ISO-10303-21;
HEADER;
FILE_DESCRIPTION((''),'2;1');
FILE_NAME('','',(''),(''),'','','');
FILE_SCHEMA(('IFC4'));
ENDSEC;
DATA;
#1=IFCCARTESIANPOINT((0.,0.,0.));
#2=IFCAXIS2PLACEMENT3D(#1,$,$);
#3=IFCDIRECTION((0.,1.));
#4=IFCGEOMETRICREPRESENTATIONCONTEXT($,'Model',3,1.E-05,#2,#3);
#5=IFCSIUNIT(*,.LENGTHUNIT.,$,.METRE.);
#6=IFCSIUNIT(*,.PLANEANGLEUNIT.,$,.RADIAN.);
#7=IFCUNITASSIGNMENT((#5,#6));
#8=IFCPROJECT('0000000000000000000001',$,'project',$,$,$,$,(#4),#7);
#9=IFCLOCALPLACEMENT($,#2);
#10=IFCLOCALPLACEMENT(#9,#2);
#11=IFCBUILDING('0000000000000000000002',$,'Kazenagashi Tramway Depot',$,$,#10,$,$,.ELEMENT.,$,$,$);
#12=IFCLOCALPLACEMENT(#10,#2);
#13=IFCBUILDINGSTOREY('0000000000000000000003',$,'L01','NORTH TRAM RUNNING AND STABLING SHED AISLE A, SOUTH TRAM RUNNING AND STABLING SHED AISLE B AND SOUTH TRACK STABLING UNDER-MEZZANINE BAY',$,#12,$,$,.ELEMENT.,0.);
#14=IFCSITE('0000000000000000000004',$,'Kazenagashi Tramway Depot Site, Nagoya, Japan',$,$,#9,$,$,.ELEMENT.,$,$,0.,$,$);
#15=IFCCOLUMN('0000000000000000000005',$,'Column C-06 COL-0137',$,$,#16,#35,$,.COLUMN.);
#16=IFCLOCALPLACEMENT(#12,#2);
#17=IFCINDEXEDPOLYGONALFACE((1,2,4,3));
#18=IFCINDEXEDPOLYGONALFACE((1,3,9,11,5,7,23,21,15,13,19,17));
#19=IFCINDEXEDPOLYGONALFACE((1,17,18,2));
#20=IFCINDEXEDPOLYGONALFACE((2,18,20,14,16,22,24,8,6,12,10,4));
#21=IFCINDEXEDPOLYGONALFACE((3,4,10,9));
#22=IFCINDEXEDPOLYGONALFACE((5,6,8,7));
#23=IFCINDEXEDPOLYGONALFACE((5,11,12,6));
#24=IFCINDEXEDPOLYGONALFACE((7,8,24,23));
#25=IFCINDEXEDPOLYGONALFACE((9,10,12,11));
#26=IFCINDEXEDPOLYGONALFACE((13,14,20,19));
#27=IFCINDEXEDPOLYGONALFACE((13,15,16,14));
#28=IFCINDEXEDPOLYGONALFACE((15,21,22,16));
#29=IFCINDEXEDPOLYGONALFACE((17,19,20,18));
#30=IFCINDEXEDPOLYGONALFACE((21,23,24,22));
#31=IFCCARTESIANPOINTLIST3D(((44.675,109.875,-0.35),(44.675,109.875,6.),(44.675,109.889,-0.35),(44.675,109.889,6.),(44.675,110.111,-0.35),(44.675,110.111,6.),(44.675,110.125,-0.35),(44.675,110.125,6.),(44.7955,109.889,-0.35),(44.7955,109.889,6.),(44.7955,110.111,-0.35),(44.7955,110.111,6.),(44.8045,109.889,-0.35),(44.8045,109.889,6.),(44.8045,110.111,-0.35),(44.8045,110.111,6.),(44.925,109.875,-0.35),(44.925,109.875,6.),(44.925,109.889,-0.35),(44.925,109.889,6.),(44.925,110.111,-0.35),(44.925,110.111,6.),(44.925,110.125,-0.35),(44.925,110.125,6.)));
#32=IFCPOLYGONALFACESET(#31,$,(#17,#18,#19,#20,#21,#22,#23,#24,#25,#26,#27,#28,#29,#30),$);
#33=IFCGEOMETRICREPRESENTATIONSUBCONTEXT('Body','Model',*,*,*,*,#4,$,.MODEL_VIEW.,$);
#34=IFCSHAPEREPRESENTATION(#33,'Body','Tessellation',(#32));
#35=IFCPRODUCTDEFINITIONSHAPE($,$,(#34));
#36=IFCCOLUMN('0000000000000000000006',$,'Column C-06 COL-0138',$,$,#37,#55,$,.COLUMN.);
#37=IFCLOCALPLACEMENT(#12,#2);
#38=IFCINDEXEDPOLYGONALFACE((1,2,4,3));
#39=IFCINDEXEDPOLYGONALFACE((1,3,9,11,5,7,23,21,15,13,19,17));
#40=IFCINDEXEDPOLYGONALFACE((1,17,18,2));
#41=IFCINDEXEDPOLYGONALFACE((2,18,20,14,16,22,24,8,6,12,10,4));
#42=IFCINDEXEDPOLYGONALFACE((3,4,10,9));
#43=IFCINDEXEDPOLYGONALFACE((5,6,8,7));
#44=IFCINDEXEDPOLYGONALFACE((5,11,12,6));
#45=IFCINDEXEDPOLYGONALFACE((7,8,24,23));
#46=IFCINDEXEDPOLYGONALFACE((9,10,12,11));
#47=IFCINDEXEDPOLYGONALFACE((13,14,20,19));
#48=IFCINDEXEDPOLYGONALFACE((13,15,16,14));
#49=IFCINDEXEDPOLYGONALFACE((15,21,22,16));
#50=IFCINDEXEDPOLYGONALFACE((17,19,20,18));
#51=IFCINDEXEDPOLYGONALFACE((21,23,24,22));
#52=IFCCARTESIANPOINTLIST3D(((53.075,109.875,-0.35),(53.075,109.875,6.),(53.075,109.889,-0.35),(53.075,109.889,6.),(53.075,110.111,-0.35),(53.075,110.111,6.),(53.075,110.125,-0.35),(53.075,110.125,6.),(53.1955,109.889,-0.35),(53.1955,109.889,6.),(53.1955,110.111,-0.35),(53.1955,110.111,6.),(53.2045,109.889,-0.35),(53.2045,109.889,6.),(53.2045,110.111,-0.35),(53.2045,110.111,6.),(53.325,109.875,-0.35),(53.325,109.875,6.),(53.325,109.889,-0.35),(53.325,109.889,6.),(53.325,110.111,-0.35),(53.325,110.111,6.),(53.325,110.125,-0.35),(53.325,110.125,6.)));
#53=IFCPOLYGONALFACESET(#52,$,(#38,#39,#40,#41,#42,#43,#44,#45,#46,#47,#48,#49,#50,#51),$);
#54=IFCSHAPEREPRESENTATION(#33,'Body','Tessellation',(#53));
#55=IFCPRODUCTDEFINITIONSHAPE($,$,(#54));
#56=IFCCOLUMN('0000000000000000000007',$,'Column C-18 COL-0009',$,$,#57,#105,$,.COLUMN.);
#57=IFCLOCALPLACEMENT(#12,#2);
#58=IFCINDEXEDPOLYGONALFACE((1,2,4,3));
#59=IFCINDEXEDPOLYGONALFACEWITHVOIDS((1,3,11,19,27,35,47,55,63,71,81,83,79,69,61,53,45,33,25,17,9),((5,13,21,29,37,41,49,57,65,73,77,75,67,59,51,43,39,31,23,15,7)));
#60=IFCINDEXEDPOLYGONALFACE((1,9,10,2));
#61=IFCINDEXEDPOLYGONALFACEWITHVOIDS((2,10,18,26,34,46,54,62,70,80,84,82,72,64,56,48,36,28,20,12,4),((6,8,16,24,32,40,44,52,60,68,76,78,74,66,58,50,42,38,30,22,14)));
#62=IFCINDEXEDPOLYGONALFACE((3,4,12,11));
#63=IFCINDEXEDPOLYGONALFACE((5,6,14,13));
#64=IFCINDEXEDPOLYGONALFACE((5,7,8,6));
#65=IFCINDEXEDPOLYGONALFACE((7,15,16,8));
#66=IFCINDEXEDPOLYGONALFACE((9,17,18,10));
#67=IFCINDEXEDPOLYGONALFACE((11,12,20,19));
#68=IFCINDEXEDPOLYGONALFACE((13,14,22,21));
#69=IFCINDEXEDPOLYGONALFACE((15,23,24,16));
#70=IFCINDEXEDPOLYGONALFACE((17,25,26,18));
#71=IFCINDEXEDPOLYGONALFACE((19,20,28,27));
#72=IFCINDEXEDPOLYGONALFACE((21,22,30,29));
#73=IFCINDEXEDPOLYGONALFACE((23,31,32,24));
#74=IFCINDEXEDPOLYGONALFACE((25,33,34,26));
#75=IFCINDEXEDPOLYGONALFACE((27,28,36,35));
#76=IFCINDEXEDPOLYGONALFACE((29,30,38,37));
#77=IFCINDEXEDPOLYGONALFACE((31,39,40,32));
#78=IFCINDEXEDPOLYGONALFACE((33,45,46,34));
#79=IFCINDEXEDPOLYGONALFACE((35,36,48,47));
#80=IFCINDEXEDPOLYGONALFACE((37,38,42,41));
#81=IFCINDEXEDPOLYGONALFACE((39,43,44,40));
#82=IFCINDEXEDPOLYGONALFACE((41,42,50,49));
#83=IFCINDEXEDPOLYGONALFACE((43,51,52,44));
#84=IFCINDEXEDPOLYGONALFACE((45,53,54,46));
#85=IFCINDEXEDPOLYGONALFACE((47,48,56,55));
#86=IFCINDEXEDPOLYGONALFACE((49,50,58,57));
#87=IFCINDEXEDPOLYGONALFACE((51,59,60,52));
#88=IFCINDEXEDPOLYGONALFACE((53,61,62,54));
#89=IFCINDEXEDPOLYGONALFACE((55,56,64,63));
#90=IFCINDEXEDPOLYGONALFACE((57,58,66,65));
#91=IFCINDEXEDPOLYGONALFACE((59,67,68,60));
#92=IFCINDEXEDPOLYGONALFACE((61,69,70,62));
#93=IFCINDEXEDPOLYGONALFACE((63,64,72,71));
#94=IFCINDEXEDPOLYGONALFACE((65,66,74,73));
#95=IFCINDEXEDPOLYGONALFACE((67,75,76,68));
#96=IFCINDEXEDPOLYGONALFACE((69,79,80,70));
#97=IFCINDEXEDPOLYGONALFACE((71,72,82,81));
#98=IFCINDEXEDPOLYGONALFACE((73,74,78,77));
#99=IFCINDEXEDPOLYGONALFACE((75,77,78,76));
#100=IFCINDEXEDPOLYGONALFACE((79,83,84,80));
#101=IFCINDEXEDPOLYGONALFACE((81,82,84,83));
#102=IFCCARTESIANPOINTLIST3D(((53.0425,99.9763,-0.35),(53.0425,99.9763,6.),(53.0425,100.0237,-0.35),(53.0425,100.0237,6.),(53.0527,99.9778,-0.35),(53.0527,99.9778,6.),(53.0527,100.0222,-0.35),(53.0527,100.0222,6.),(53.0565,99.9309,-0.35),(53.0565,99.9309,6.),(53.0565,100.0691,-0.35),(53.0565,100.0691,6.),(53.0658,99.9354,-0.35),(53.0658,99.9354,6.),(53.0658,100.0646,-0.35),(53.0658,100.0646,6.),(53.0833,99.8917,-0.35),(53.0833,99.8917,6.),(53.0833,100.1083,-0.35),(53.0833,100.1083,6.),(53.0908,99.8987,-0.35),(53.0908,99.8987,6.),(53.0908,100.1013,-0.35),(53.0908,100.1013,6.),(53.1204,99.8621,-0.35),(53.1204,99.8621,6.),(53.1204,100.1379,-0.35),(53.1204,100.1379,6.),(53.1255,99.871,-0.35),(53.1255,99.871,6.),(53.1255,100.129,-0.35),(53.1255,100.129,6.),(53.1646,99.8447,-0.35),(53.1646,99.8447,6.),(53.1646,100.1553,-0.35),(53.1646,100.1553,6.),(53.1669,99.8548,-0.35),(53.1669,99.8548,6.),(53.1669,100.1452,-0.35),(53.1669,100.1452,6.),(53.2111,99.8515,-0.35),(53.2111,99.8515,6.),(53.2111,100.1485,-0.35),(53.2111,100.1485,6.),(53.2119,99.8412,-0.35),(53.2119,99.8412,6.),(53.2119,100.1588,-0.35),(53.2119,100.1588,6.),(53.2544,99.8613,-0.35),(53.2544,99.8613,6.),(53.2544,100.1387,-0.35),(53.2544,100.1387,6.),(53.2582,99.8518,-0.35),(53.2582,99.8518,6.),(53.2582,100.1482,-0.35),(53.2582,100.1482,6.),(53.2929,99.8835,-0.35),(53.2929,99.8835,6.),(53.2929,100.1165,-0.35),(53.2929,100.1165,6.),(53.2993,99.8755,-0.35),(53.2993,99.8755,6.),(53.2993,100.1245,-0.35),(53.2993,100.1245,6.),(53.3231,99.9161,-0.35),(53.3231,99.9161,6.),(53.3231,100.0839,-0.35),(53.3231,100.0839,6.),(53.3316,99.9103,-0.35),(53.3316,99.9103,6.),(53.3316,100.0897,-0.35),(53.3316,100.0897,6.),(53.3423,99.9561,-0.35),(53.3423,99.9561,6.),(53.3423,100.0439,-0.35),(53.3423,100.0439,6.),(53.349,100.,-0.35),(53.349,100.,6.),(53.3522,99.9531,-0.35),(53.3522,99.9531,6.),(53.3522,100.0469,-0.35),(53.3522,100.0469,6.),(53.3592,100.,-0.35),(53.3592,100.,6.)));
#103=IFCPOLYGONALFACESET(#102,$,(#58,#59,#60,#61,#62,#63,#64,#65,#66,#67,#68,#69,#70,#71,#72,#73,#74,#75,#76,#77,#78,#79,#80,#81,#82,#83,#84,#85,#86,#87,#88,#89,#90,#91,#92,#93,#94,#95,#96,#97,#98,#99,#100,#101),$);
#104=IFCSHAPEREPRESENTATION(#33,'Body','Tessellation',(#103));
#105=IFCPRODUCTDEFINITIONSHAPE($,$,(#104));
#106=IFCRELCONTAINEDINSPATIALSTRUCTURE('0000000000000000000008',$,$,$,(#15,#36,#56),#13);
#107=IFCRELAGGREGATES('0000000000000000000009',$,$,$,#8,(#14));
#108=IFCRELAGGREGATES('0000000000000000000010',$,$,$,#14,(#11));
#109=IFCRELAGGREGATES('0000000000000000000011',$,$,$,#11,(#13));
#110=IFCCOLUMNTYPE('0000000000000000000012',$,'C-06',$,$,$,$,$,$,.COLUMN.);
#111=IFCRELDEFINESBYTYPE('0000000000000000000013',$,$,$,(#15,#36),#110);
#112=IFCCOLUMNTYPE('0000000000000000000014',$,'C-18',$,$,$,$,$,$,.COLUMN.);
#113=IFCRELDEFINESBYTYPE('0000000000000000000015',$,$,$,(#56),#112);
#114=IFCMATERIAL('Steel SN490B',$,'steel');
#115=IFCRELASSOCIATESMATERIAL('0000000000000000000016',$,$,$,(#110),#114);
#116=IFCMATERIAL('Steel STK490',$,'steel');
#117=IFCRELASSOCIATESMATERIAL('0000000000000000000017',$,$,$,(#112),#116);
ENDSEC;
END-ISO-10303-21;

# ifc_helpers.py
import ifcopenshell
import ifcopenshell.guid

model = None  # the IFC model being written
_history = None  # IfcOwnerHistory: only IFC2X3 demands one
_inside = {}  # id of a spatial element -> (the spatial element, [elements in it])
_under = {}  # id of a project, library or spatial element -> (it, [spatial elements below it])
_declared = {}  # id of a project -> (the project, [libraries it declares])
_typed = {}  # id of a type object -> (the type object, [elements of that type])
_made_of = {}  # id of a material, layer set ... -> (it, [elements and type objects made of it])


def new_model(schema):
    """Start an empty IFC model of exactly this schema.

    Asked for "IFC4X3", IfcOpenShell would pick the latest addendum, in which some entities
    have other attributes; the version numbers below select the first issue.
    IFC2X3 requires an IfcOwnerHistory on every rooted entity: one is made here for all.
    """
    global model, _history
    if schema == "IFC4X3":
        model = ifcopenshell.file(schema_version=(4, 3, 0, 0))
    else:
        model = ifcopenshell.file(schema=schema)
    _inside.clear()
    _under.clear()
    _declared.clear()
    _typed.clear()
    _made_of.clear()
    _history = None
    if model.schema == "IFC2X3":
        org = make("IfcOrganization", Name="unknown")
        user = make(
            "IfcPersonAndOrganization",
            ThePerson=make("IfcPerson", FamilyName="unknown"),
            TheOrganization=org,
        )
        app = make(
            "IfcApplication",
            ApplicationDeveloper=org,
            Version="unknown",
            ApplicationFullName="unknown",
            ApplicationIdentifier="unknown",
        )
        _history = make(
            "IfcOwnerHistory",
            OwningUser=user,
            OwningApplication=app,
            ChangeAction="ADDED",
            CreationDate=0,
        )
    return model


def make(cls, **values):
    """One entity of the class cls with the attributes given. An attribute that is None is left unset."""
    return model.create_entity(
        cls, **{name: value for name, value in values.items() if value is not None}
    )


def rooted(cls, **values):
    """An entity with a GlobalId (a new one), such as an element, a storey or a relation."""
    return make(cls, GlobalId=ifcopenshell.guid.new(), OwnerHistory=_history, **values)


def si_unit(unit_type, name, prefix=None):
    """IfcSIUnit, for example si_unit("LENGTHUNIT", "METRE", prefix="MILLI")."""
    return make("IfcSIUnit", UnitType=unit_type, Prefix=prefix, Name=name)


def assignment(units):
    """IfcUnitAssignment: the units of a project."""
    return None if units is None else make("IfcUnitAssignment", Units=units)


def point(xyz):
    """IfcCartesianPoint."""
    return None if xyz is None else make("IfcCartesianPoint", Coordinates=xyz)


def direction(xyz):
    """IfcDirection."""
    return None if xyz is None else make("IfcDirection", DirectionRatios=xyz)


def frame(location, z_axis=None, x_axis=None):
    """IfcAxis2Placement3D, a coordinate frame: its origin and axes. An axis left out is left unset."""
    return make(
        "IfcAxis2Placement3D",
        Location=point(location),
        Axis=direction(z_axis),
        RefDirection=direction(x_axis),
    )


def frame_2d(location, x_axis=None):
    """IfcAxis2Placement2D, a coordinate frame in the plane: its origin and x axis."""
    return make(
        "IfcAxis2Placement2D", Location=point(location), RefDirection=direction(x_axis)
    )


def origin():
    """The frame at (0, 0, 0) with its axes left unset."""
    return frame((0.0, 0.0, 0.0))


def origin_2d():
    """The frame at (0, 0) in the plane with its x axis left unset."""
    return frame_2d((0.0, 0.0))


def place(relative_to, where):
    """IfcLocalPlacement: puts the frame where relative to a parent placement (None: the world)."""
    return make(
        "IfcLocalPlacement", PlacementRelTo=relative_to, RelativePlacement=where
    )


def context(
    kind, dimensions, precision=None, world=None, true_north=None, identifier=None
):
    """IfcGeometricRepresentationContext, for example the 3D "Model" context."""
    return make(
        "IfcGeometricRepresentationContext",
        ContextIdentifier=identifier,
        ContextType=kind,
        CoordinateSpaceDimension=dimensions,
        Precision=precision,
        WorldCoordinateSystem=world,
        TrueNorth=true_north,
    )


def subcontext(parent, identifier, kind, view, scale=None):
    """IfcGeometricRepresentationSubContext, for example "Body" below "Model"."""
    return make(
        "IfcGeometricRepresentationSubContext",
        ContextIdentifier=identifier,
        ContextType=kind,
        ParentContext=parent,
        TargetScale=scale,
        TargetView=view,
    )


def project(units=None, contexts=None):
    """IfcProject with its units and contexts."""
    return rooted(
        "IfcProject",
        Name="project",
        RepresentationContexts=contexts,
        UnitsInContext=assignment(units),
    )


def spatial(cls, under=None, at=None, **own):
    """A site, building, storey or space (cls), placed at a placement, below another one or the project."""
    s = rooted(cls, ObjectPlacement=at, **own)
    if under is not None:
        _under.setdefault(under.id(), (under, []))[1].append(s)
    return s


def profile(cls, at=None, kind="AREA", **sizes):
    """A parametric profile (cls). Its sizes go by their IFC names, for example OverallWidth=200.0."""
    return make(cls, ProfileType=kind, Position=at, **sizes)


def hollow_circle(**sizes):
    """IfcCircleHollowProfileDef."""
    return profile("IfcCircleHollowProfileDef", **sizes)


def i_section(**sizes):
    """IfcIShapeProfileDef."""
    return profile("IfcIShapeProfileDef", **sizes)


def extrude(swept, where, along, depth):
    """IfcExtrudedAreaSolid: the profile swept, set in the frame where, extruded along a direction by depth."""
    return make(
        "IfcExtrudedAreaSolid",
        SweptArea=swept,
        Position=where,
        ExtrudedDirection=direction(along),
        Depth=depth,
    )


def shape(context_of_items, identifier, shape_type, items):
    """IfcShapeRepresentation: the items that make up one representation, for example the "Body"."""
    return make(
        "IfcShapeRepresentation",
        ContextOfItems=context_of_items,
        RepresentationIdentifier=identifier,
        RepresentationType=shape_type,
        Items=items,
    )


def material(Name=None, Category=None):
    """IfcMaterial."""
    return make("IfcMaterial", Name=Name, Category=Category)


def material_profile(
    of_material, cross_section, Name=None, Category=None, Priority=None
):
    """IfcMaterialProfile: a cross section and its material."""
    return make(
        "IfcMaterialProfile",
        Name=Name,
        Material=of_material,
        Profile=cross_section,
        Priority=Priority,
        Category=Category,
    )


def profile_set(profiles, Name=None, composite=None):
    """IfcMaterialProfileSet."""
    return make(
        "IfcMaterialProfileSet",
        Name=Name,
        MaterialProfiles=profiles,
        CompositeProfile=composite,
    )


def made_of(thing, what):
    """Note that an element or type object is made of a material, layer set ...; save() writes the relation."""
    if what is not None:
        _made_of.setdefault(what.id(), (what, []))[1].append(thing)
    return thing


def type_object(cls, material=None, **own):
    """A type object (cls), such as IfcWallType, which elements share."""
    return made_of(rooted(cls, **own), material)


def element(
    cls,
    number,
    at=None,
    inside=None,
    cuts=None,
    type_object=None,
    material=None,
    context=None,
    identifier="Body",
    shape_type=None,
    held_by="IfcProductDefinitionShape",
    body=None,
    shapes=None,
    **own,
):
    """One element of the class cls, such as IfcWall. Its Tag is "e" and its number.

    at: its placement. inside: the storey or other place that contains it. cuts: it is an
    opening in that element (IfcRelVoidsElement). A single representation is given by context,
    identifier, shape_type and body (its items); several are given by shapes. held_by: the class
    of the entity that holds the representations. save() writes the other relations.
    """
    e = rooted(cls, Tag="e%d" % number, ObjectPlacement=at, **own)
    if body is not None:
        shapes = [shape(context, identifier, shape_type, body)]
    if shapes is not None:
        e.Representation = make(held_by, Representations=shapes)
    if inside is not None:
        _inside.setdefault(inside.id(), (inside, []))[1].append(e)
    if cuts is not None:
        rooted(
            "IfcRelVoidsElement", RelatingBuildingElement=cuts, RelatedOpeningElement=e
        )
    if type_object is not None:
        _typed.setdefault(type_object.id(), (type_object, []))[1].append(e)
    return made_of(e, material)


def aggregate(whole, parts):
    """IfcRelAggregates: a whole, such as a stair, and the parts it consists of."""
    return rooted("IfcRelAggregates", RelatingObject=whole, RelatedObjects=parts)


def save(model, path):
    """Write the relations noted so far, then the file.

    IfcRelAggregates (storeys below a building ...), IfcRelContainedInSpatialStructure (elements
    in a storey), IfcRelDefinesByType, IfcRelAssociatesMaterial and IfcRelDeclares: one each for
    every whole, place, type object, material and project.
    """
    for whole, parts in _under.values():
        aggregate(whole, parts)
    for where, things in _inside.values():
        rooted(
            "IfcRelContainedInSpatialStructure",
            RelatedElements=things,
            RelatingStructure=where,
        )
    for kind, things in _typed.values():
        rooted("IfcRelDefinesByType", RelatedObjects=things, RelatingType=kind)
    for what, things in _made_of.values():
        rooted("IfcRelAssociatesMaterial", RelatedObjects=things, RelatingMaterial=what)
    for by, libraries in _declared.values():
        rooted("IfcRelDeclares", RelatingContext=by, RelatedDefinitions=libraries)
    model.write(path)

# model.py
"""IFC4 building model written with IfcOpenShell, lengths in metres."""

from ifc_helpers import new_model, si_unit, direction, frame, origin, origin_2d, place, context, subcontext, project, spatial, hollow_circle, i_section, extrude, material, material_profile, profile_set, type_object, element, save


model = new_model("IFC4")

# Units and contexts
model_context = context("Model", 3, precision=1e-05, world=origin(), true_north=direction((0.0, 1.0)))
body_context = subcontext(model_context, "Body", "Model", "MODEL_VIEW")
ifc_project = project(units=[si_unit("LENGTHUNIT", "METRE"), si_unit("PLANEANGLEUNIT", "RADIAN")], contexts=[model_context])

# Site, building, storey
site_placement = place(None, origin())
site = spatial("IfcSite", under=ifc_project, at=site_placement, Name="Kazenagashi Tramway Depot Site, Nagoya, Japan", CompositionType="ELEMENT", RefElevation=0.0)
building_placement = place(site_placement, origin())
building = spatial("IfcBuilding", under=site, at=building_placement, Name="Kazenagashi Tramway Depot", CompositionType="ELEMENT")
storey_placement = place(building_placement, origin())
storey = spatial("IfcBuildingStorey", under=building, at=storey_placement, Name="L01", Description="NORTH TRAM RUNNING AND STABLING SHED AISLE A, SOUTH TRAM RUNNING AND STABLING SHED AISLE B AND SOUTH TRACK STABLING UNDER-MEZZANINE BAY", CompositionType="ELEMENT", Elevation=0.0)

# Columns
ifc_material_1 = material(Name="Steel SN490B", Category="steel")
ifc_material_profile_1 = material_profile(ifc_material_1, i_section(OverallWidth=0.25, OverallDepth=0.25, WebThickness=0.009, FlangeThickness=0.014, at=origin_2d()), Name="H-250x250x9x14")
ifc_profile_set_1 = profile_set([ifc_material_profile_1], Name="Steel SN490B")
column_type_1 = type_object("IfcColumnType", Name="C-06", PredefinedType="COLUMN", material=ifc_profile_set_1)
for number, where, z_axis, x_axis, name in (
    (1, (44.8, 110.0, -0.35), (0.0, 0.0, 1.0), (1.0, 0.0, 0.0), "Column C-06 COL-0137"),
    (2, (53.2, 110.0, -0.35), (0.0, 0.0, 1.0), (1.0, 0.0, 0.0), "Column C-06 COL-0138"),
):
    element("IfcColumn", number, at=place(storey_placement, frame(where, z_axis=z_axis, x_axis=x_axis)), inside=storey, type_object=column_type_1, Name=name, PredefinedType="COLUMN", context=body_context, shape_type="SweptSolid", body=[
        extrude(i_section(OverallWidth=0.25, OverallDepth=0.25, WebThickness=0.009, FlangeThickness=0.014, at=origin_2d()), origin(), (0.0, 0.0, 1.0), 6.35),
    ])
ifc_material_2 = material(Name="Steel STK490", Category="steel")
ifc_material_profile_2 = material_profile(ifc_material_2, hollow_circle(Radius=0.1593, WallThickness=0.0103, at=origin_2d()), Name="CHS-318.5x10.3")
ifc_profile_set_2 = profile_set([ifc_material_profile_2], Name="Steel STK490")
column_type_2 = type_object("IfcColumnType", Name="C-18", PredefinedType="COLUMN", material=ifc_profile_set_2)
column_placement = place(storey_placement, frame((53.2, 100.0, -0.35), z_axis=(0.0, 0.0, 1.0), x_axis=(1.0, 0.0, 0.0)))
element("IfcColumn", 3, at=column_placement, inside=storey, type_object=column_type_2, Name="Column C-18 COL-0009", PredefinedType="COLUMN", context=body_context, shape_type="SweptSolid", body=[
    extrude(hollow_circle(Radius=0.1593, WallThickness=0.0103, at=origin_2d()), origin(), (0.0, 0.0, 1.0), 6.35),
])

save(model, "model.ifc")
